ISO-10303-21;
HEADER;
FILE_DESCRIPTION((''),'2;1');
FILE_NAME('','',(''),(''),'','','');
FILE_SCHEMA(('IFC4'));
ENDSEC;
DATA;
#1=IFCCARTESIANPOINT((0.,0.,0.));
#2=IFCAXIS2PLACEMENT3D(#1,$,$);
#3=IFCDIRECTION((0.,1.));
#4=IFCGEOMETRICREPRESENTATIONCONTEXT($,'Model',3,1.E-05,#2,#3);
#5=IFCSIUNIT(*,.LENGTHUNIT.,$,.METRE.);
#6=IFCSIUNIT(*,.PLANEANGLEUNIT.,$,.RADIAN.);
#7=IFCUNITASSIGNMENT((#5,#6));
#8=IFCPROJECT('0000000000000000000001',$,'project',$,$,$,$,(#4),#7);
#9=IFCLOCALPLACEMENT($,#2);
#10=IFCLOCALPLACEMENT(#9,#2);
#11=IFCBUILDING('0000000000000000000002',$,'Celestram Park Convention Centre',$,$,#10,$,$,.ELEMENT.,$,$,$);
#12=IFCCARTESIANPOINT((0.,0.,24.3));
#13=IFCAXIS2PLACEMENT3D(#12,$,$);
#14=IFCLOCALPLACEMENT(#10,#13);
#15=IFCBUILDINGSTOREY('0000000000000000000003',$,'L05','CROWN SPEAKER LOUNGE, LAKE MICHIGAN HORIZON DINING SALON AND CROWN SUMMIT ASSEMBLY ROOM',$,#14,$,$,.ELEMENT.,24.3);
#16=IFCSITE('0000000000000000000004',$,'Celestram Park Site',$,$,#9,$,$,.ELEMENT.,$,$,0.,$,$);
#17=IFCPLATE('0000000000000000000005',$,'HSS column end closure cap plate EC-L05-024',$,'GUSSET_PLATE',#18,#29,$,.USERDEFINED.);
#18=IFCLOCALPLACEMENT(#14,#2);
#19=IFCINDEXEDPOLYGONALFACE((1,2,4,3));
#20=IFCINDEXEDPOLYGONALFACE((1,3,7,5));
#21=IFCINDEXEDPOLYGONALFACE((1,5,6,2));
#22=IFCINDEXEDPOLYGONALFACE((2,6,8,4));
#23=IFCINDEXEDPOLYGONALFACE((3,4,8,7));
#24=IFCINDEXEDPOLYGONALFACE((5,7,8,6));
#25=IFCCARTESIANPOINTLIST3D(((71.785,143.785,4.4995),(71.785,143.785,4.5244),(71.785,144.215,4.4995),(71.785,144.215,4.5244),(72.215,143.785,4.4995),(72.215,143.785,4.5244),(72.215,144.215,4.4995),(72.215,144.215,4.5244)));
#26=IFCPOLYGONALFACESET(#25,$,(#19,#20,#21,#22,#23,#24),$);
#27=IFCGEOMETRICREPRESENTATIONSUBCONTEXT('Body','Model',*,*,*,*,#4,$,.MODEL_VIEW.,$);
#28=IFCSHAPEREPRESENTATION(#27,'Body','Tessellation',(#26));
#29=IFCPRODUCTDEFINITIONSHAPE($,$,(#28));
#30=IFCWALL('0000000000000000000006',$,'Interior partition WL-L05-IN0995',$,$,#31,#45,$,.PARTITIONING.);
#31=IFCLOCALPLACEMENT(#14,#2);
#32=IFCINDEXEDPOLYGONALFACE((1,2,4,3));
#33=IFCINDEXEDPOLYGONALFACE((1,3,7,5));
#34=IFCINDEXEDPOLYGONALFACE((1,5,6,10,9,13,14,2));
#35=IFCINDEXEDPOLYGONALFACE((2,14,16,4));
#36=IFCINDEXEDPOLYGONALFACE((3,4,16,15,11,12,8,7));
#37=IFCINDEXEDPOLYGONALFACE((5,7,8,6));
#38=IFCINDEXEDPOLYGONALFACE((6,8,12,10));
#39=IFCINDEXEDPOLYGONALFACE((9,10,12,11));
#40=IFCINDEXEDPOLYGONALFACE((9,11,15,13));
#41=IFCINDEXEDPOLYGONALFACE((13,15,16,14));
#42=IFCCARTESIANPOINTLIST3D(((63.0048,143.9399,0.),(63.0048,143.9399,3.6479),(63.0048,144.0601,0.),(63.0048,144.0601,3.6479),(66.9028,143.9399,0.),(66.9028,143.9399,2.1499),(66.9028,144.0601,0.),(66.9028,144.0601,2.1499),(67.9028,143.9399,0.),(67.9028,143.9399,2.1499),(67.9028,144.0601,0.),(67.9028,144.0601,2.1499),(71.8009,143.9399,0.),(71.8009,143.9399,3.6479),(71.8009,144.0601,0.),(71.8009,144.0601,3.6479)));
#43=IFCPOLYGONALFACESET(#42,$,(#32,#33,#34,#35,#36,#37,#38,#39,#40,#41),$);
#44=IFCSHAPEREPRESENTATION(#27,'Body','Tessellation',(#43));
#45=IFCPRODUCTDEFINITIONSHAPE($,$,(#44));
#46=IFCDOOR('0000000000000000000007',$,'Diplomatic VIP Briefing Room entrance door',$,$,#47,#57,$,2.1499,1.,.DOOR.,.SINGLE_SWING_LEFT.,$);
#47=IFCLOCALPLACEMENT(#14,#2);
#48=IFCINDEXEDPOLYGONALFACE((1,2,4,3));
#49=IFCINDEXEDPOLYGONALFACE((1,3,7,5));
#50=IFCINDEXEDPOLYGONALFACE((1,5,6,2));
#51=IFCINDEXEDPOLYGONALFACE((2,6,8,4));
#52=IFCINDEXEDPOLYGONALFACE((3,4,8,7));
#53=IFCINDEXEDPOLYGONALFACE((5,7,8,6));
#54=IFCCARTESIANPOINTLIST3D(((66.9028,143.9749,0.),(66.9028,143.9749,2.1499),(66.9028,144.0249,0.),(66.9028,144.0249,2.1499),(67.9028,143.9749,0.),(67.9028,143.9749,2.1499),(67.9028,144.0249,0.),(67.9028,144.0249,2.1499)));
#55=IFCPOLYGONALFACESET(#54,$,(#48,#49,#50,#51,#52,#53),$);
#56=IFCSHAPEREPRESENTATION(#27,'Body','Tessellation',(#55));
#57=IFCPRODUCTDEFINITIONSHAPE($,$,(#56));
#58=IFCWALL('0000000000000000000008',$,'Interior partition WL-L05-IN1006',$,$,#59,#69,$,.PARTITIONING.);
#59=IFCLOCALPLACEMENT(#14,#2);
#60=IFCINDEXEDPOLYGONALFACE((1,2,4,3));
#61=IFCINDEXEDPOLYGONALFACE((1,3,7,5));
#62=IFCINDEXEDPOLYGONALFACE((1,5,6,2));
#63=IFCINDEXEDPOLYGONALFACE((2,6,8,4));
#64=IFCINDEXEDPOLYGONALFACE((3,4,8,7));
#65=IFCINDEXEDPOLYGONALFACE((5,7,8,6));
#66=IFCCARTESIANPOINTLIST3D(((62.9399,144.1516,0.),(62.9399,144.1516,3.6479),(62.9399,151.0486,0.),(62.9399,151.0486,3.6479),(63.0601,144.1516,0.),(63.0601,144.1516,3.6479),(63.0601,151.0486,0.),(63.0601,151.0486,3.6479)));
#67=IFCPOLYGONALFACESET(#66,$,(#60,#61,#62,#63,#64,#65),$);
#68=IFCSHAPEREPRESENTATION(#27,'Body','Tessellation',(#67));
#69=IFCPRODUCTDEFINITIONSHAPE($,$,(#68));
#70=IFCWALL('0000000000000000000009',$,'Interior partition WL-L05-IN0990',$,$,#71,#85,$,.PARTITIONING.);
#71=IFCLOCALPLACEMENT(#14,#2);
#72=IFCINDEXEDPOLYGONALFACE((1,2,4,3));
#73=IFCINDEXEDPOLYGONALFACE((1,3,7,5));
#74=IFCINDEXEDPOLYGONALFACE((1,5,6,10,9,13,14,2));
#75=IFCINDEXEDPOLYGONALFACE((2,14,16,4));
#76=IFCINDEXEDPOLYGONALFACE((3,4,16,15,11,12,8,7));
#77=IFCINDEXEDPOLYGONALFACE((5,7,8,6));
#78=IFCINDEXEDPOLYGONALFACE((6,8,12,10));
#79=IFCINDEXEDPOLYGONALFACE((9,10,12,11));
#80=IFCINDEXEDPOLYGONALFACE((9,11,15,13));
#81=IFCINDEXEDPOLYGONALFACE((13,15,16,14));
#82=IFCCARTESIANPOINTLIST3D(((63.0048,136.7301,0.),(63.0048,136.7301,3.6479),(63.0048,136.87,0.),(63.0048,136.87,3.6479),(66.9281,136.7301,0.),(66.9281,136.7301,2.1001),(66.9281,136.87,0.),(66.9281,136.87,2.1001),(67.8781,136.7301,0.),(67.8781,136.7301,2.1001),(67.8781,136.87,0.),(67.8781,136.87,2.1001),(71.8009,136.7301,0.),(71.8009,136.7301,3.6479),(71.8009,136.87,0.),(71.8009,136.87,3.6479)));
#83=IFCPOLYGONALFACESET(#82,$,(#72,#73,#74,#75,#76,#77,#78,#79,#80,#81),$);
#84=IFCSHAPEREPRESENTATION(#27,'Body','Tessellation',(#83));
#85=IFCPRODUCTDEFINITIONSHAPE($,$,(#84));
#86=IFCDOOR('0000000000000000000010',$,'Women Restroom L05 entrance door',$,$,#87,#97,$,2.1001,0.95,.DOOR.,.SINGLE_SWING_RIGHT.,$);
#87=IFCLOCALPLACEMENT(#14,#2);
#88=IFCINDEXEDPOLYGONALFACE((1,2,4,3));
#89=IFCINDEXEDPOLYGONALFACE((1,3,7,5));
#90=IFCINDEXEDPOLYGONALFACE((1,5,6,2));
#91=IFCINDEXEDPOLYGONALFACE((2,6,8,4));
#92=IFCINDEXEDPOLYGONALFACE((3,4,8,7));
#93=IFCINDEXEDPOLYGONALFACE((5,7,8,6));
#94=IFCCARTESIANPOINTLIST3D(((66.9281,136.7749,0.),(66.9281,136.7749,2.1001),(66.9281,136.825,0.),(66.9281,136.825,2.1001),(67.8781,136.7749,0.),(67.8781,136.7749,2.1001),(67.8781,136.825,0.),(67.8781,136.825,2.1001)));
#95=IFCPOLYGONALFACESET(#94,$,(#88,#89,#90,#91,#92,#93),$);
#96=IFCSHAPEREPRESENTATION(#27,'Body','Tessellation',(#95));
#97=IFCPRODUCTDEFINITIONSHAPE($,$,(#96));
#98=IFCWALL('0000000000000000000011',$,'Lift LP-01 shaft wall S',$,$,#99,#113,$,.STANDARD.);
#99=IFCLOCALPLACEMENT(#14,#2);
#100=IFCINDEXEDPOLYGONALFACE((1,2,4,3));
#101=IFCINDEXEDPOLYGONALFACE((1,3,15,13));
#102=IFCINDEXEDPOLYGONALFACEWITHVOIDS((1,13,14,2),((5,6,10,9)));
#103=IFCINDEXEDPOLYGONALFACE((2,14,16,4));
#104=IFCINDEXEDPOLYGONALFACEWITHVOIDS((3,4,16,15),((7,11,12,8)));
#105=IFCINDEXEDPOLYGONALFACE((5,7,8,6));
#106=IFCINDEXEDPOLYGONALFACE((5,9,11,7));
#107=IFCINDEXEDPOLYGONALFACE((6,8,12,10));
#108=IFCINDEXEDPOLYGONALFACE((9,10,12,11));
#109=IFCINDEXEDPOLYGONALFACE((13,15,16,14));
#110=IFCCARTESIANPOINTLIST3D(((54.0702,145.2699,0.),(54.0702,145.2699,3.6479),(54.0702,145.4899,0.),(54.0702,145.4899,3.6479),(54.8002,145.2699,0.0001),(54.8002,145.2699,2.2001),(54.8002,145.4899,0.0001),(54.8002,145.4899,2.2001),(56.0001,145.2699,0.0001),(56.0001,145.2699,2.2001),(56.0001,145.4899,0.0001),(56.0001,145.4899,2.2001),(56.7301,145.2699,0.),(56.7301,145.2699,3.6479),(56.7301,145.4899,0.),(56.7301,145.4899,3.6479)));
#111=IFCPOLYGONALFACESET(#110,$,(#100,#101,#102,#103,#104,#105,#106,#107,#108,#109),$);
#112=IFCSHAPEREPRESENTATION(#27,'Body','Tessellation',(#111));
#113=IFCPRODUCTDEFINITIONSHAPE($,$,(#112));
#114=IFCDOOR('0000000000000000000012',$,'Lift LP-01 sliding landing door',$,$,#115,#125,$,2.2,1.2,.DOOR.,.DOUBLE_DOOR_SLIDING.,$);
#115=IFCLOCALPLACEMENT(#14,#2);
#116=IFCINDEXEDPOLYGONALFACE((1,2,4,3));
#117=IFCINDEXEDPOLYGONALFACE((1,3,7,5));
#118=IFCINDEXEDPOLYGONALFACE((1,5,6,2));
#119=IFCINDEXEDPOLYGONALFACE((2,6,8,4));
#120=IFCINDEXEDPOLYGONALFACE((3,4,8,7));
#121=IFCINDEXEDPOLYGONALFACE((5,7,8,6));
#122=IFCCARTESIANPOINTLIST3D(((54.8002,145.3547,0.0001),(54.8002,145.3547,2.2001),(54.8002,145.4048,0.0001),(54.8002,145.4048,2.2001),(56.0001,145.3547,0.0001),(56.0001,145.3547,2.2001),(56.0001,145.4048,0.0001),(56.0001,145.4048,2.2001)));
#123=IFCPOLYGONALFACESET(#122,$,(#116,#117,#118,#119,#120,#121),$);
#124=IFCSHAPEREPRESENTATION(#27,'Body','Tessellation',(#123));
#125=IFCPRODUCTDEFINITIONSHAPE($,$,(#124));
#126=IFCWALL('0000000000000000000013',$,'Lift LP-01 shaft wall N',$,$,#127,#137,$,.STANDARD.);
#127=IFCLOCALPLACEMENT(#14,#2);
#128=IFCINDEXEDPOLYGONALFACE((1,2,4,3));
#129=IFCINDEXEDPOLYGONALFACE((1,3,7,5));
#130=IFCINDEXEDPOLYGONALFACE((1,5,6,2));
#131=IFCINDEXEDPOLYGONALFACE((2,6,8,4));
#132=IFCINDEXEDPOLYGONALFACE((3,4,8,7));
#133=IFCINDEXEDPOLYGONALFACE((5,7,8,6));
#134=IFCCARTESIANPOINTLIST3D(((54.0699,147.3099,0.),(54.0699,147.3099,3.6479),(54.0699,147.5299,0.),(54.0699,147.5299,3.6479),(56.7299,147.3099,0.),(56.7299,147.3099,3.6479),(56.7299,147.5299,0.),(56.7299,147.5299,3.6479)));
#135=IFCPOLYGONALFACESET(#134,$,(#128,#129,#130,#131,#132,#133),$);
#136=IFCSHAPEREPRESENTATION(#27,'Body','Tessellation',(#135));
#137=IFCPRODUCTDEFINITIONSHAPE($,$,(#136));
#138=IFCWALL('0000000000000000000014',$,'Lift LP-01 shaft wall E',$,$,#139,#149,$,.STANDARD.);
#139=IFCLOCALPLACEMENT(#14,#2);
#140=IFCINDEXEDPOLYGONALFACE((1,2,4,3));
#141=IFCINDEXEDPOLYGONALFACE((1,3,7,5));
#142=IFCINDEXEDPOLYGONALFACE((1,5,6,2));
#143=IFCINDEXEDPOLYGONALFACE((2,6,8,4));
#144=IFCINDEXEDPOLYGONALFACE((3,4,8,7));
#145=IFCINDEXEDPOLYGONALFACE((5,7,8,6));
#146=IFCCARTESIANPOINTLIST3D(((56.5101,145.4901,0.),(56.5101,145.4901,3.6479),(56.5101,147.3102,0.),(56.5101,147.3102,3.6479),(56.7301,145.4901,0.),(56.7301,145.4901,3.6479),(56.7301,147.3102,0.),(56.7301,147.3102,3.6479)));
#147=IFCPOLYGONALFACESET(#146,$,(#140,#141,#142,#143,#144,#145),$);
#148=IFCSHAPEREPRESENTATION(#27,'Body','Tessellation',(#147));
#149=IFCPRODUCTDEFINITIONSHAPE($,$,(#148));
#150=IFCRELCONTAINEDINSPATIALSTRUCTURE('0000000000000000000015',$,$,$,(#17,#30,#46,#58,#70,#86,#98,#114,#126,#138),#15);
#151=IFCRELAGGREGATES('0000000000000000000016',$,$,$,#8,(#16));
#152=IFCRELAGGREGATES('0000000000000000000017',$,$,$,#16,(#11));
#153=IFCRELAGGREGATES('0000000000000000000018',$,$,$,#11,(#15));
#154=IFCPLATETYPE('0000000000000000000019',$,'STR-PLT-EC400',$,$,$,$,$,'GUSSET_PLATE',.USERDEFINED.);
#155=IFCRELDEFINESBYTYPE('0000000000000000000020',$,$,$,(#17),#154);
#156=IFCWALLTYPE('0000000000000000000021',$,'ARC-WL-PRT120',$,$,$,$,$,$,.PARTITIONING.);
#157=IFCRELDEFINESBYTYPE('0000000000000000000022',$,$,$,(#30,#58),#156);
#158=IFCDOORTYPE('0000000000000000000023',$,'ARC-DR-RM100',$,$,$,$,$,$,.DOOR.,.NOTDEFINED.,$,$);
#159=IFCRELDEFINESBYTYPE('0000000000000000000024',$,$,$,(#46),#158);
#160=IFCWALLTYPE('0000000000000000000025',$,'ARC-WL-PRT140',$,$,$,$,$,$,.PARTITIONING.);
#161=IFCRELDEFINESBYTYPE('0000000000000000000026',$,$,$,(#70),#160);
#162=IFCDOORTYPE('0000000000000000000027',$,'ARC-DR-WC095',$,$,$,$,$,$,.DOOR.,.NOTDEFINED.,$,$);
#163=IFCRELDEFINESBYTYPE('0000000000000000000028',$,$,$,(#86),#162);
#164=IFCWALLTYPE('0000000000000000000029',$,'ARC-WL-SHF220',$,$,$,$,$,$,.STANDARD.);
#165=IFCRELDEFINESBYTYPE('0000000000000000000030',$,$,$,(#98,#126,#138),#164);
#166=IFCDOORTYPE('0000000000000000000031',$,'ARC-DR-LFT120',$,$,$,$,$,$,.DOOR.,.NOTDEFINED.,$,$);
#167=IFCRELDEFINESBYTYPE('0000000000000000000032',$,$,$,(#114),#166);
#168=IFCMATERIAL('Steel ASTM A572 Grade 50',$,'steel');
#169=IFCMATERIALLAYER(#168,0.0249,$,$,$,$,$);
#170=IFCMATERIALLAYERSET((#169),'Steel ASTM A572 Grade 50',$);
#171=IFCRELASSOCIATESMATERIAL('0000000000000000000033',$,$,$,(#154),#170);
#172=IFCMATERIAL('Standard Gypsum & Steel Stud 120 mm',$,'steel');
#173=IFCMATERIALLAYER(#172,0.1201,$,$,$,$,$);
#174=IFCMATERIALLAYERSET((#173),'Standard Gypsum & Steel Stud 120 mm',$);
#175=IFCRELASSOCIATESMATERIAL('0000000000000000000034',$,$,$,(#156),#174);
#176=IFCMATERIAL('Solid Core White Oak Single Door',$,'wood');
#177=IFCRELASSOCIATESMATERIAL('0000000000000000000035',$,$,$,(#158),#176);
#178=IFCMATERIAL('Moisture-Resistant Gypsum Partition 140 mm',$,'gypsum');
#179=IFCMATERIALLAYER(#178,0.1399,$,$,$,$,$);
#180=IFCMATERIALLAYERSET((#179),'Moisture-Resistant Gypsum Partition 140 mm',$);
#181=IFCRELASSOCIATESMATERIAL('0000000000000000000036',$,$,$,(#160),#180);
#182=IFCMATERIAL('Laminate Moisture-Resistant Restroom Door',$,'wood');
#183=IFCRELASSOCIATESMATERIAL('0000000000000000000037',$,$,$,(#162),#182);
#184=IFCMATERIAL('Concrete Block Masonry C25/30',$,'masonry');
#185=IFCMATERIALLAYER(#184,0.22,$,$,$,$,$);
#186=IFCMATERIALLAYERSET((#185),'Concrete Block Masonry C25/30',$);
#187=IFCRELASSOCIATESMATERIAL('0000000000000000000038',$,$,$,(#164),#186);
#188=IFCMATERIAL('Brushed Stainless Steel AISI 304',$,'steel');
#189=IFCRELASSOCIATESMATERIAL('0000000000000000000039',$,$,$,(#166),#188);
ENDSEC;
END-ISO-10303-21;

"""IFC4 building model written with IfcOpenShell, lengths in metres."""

from ifc_helpers import new_model, si_unit, direction, frame, frame_2d, origin, origin_2d, place, context, subcontext, project, spatial, rectangle, extrude, material, layer, layer_set, type_object, element, fill, save


model = new_model("IFC4")

# Units and contexts
model_context = context("Model", 3, precision=1e-05, world=origin(), true_north=direction((0.0, 1.0)))
body_context = subcontext(model_context, "Body", "Model", "MODEL_VIEW")
ifc_project = project(units=[si_unit("LENGTHUNIT", "METRE"), si_unit("PLANEANGLEUNIT", "RADIAN")], contexts=[model_context])

# Site, building, storey
site_placement = place(None, origin())
site = spatial("IfcSite", under=ifc_project, at=site_placement, Name="Celestram Park Site", CompositionType="ELEMENT", RefElevation=0.0)
building_placement = place(site_placement, origin())
building = spatial("IfcBuilding", under=site, at=building_placement, Name="Celestram Park Convention Centre", CompositionType="ELEMENT")
storey_placement = place(building_placement, frame((0.0, 0.0, 24.3)))
storey = spatial("IfcBuildingStorey", under=building, at=storey_placement, Name="L05", Description="CROWN SPEAKER LOUNGE, LAKE MICHIGAN HORIZON DINING SALON AND CROWN SUMMIT ASSEMBLY ROOM", CompositionType="ELEMENT", Elevation=24.3)

# Plate
ifc_material_1 = material(Name="Steel ASTM A572 Grade 50", Category="steel")
ifc_layer_1 = layer(ifc_material_1, 0.0249)
ifc_layer_set_1 = layer_set([ifc_layer_1], Name="Steel ASTM A572 Grade 50")
plate_type = type_object("IfcPlateType", Name="STR-PLT-EC400", ElementType="GUSSET_PLATE", PredefinedType="USERDEFINED", material=ifc_layer_set_1)
for number, where, z_axis, x_axis, name in (
    (1, (72.0, 144.0, 4.4995), (0.0, 0.0, 1.0), (1.0, 0.0, 0.0), "HSS column end closure cap plate EC-L05-024"),
):
    element("IfcPlate", number, at=place(storey_placement, frame(where, z_axis=z_axis, x_axis=x_axis)), inside=storey, type_object=plate_type, Name=name, ObjectType="GUSSET_PLATE", PredefinedType="USERDEFINED", context=body_context, shape_type="SweptSolid", body=[
        extrude(rectangle(XDim=0.4299, YDim=0.4299, at=origin_2d()), origin(), (0.0, 0.0, 1.0), 0.0249),
    ])

# Wall, opening, door
ifc_material_2 = material(Name="Standard Gypsum & Steel Stud 120 mm", Category="steel")
ifc_layer_2 = layer(ifc_material_2, 0.1201)
ifc_layer_set_2 = layer_set([ifc_layer_2], Name="Standard Gypsum & Steel Stud 120 mm")
wall_type_1 = type_object("IfcWallType", Name="ARC-WL-PRT120", PredefinedType="PARTITIONING", material=ifc_layer_set_2)
wall_1_placement = place(storey_placement, frame((63.0049, 144.0, 0.0), z_axis=(0.0, 0.0, 1.0), x_axis=(1.0, 0.0, 0.0)))
wall_1 = element("IfcWall", 2, at=wall_1_placement, inside=storey, type_object=wall_type_1, Name="Interior partition WL-L05-IN0995", PredefinedType="PARTITIONING", context=body_context, shape_type="SweptSolid", body=[
    extrude(rectangle(XDim=8.7961, YDim=0.1201, at=frame_2d((4.3979, 0.0))), origin(), (0.0, 0.0, 1.0), 3.6479),
])
opening_1_placement = place(wall_1_placement, frame((3.8979, 0.0, 0.0)))
opening_1 = element("IfcOpeningElement", 3, at=opening_1_placement, cuts=wall_1, PredefinedType="OPENING", context=body_context, shape_type="SweptSolid", body=[
    extrude(rectangle(XDim=1.0, YDim=2.1499, at=frame_2d((0.5, 1.075))), frame((0.0, 0.0701, 0.0), z_axis=(0.0, -1.0, 0.0), x_axis=(1.0, 0.0, 0.0)), (0.0, 0.0, 1.0), 0.1401),
])
ifc_material_3 = material(Name="Solid Core White Oak Single Door", Category="wood")
door_type_1 = type_object("IfcDoorType", Name="ARC-DR-RM100", OperationType="NOTDEFINED", PredefinedType="DOOR", material=ifc_material_3)
door_1_placement = place(opening_1_placement, origin())
door_1 = element("IfcDoor", 4, at=door_1_placement, inside=storey, type_object=door_type_1, Name="Diplomatic VIP Briefing Room entrance door", OperationType="SINGLE_SWING_LEFT", OverallHeight=2.1499, OverallWidth=1.0, PredefinedType="DOOR", context=body_context, shape_type="SweptSolid", body=[
    extrude(rectangle(XDim=1.0, YDim=2.1499, at=frame_2d((0.5, 1.075))), frame((0.0, 0.0249, 0.0), z_axis=(0.0, -1.0, 0.0), x_axis=(1.0, 0.0, 0.0)), (0.0, 0.0, 1.0), 0.05),
])
fill(opening_1, door_1)

# Wall
wall_2_placement = place(storey_placement, frame((63.0, 144.1516, 0.0), z_axis=(0.0, 0.0, 1.0), x_axis=(0.0, 1.0, 0.0)))
element("IfcWall", 5, at=wall_2_placement, inside=storey, type_object=wall_type_1, Name="Interior partition WL-L05-IN1006", PredefinedType="PARTITIONING", context=body_context, shape_type="SweptSolid", body=[
    extrude(rectangle(XDim=6.897, YDim=0.1201, at=frame_2d((3.4485, 0.0))), origin(), (0.0, 0.0, 1.0), 3.6479),
])

# Walls, openings, doors
ifc_material_4 = material(Name="Moisture-Resistant Gypsum Partition 140 mm", Category="gypsum")
ifc_layer_3 = layer(ifc_material_4, 0.1399)
ifc_layer_set_3 = layer_set([ifc_layer_3], Name="Moisture-Resistant Gypsum Partition 140 mm")
wall_type_2 = type_object("IfcWallType", Name="ARC-WL-PRT140", PredefinedType="PARTITIONING", material=ifc_layer_set_3)
wall_3_placement = place(storey_placement, frame((63.0049, 136.8, 0.0), z_axis=(0.0, 0.0, 1.0), x_axis=(1.0, 0.0, 0.0)))
wall_3 = element("IfcWall", 6, at=wall_3_placement, inside=storey, type_object=wall_type_2, Name="Interior partition WL-L05-IN0990", PredefinedType="PARTITIONING", context=body_context, shape_type="SweptSolid", body=[
    extrude(rectangle(XDim=8.7961, YDim=0.1399, at=frame_2d((4.3979, 0.0))), origin(), (0.0, 0.0, 1.0), 3.6479),
])
opening_2_placement = place(wall_3_placement, frame((3.9231, 0.0, 0.0)))
opening_2 = element("IfcOpeningElement", 7, at=opening_2_placement, cuts=wall_3, PredefinedType="OPENING", context=body_context, shape_type="SweptSolid", body=[
    extrude(rectangle(XDim=0.95, YDim=2.1001, at=frame_2d((0.4751, 1.05))), frame((0.0, 0.0798, 0.0), z_axis=(0.0, -1.0, 0.0), x_axis=(1.0, 0.0, 0.0)), (0.0, 0.0, 1.0), 0.1599),
])
ifc_material_5 = material(Name="Laminate Moisture-Resistant Restroom Door", Category="wood")
door_type_2 = type_object("IfcDoorType", Name="ARC-DR-WC095", OperationType="NOTDEFINED", PredefinedType="DOOR", material=ifc_material_5)
door_2_placement = place(opening_2_placement, origin())
door_2 = element("IfcDoor", 8, at=door_2_placement, inside=storey, type_object=door_type_2, Name="Women Restroom L05 entrance door", OperationType="SINGLE_SWING_RIGHT", OverallHeight=2.1001, OverallWidth=0.95, PredefinedType="DOOR", context=body_context, shape_type="SweptSolid", body=[
    extrude(rectangle(XDim=0.95, YDim=2.1001, at=frame_2d((0.4751, 1.05))), frame((0.0, 0.0249, 0.0), z_axis=(0.0, -1.0, 0.0), x_axis=(1.0, 0.0, 0.0)), (0.0, 0.0, 1.0), 0.05),
])
fill(opening_2, door_2)
ifc_material_6 = material(Name="Concrete Block Masonry C25/30", Category="masonry")
ifc_layer_4 = layer(ifc_material_6, 0.22)
ifc_layer_set_4 = layer_set([ifc_layer_4], Name="Concrete Block Masonry C25/30")
wall_type_3 = type_object("IfcWallType", Name="ARC-WL-SHF220", PredefinedType="STANDARD", material=ifc_layer_set_4)
wall_4_placement = place(storey_placement, frame((54.0701, 145.3799, 0.0), z_axis=(0.0, 0.0, 1.0), x_axis=(1.0, 0.0, 0.0)))
wall_4 = element("IfcWall", 9, at=wall_4_placement, inside=storey, type_object=wall_type_3, Name="Lift LP-01 shaft wall S", PredefinedType="STANDARD", context=body_context, shape_type="SweptSolid", body=[
    extrude(rectangle(XDim=2.6599, YDim=0.22, at=frame_2d((1.3301, 0.0))), origin(), (0.0, 0.0, 1.0), 3.6479),
])
opening_3_placement = place(wall_4_placement, frame((0.73, 0.0, 0.0)))
opening_3 = element("IfcOpeningElement", 10, at=opening_3_placement, cuts=wall_4, PredefinedType="OPENING", context=body_context, shape_type="SweptSolid", body=[
    extrude(rectangle(XDim=1.2, YDim=2.2, at=frame_2d((0.6001, 1.1001))), frame((0.0, 0.1199, 0.0), z_axis=(0.0, -1.0, 0.0), x_axis=(1.0, 0.0, 0.0)), (0.0, 0.0, 1.0), 0.24),
])
ifc_material_7 = material(Name="Brushed Stainless Steel AISI 304", Category="steel")
door_type_3 = type_object("IfcDoorType", Name="ARC-DR-LFT120", OperationType="NOTDEFINED", PredefinedType="DOOR", material=ifc_material_7)
door_3_placement = place(opening_3_placement, origin())
door_3 = element("IfcDoor", 11, at=door_3_placement, inside=storey, type_object=door_type_3, Name="Lift LP-01 sliding landing door", OperationType="DOUBLE_DOOR_SLIDING", OverallHeight=2.2, OverallWidth=1.2, PredefinedType="DOOR", context=body_context, shape_type="SweptSolid", body=[
    extrude(rectangle(XDim=1.2, YDim=2.2, at=frame_2d((0.6001, 1.1001))), frame((0.0, 0.0249, 0.0), z_axis=(0.0, -1.0, 0.0), x_axis=(1.0, 0.0, 0.0)), (0.0, 0.0, 1.0), 0.05),
])
fill(opening_3, door_3)

# Walls
wall_5_placement = place(storey_placement, frame((56.73, 147.4199, 0.0), z_axis=(0.0, 0.0, 1.0), x_axis=(-1.0, 0.0, 0.0)))
element("IfcWall", 12, at=wall_5_placement, inside=storey, type_object=wall_type_3, Name="Lift LP-01 shaft wall N", PredefinedType="STANDARD", context=body_context, shape_type="SweptSolid", body=[
    extrude(rectangle(XDim=2.6599, YDim=0.22, at=frame_2d((1.3301, 0.0))), origin(), (0.0, 0.0, 1.0), 3.6479),
])
for number, where, z_axis, x_axis, name in (
    (13, (56.6201, 145.49, 0.0), (0.0, 0.0, 1.0), (0.0, 1.0, 0.0), "Lift LP-01 shaft wall E"),
):
    element("IfcWall", number, at=place(storey_placement, frame(where, z_axis=z_axis, x_axis=x_axis)), inside=storey, type_object=wall_type_3, Name=name, PredefinedType="STANDARD", context=body_context, shape_type="SweptSolid", body=[
        extrude(rectangle(XDim=1.8201, YDim=0.22, at=frame_2d((0.9102, 0.0))), origin(), (0.0, 0.0, 1.0), 3.6479),
    ])

save(model, "model.ifc")
